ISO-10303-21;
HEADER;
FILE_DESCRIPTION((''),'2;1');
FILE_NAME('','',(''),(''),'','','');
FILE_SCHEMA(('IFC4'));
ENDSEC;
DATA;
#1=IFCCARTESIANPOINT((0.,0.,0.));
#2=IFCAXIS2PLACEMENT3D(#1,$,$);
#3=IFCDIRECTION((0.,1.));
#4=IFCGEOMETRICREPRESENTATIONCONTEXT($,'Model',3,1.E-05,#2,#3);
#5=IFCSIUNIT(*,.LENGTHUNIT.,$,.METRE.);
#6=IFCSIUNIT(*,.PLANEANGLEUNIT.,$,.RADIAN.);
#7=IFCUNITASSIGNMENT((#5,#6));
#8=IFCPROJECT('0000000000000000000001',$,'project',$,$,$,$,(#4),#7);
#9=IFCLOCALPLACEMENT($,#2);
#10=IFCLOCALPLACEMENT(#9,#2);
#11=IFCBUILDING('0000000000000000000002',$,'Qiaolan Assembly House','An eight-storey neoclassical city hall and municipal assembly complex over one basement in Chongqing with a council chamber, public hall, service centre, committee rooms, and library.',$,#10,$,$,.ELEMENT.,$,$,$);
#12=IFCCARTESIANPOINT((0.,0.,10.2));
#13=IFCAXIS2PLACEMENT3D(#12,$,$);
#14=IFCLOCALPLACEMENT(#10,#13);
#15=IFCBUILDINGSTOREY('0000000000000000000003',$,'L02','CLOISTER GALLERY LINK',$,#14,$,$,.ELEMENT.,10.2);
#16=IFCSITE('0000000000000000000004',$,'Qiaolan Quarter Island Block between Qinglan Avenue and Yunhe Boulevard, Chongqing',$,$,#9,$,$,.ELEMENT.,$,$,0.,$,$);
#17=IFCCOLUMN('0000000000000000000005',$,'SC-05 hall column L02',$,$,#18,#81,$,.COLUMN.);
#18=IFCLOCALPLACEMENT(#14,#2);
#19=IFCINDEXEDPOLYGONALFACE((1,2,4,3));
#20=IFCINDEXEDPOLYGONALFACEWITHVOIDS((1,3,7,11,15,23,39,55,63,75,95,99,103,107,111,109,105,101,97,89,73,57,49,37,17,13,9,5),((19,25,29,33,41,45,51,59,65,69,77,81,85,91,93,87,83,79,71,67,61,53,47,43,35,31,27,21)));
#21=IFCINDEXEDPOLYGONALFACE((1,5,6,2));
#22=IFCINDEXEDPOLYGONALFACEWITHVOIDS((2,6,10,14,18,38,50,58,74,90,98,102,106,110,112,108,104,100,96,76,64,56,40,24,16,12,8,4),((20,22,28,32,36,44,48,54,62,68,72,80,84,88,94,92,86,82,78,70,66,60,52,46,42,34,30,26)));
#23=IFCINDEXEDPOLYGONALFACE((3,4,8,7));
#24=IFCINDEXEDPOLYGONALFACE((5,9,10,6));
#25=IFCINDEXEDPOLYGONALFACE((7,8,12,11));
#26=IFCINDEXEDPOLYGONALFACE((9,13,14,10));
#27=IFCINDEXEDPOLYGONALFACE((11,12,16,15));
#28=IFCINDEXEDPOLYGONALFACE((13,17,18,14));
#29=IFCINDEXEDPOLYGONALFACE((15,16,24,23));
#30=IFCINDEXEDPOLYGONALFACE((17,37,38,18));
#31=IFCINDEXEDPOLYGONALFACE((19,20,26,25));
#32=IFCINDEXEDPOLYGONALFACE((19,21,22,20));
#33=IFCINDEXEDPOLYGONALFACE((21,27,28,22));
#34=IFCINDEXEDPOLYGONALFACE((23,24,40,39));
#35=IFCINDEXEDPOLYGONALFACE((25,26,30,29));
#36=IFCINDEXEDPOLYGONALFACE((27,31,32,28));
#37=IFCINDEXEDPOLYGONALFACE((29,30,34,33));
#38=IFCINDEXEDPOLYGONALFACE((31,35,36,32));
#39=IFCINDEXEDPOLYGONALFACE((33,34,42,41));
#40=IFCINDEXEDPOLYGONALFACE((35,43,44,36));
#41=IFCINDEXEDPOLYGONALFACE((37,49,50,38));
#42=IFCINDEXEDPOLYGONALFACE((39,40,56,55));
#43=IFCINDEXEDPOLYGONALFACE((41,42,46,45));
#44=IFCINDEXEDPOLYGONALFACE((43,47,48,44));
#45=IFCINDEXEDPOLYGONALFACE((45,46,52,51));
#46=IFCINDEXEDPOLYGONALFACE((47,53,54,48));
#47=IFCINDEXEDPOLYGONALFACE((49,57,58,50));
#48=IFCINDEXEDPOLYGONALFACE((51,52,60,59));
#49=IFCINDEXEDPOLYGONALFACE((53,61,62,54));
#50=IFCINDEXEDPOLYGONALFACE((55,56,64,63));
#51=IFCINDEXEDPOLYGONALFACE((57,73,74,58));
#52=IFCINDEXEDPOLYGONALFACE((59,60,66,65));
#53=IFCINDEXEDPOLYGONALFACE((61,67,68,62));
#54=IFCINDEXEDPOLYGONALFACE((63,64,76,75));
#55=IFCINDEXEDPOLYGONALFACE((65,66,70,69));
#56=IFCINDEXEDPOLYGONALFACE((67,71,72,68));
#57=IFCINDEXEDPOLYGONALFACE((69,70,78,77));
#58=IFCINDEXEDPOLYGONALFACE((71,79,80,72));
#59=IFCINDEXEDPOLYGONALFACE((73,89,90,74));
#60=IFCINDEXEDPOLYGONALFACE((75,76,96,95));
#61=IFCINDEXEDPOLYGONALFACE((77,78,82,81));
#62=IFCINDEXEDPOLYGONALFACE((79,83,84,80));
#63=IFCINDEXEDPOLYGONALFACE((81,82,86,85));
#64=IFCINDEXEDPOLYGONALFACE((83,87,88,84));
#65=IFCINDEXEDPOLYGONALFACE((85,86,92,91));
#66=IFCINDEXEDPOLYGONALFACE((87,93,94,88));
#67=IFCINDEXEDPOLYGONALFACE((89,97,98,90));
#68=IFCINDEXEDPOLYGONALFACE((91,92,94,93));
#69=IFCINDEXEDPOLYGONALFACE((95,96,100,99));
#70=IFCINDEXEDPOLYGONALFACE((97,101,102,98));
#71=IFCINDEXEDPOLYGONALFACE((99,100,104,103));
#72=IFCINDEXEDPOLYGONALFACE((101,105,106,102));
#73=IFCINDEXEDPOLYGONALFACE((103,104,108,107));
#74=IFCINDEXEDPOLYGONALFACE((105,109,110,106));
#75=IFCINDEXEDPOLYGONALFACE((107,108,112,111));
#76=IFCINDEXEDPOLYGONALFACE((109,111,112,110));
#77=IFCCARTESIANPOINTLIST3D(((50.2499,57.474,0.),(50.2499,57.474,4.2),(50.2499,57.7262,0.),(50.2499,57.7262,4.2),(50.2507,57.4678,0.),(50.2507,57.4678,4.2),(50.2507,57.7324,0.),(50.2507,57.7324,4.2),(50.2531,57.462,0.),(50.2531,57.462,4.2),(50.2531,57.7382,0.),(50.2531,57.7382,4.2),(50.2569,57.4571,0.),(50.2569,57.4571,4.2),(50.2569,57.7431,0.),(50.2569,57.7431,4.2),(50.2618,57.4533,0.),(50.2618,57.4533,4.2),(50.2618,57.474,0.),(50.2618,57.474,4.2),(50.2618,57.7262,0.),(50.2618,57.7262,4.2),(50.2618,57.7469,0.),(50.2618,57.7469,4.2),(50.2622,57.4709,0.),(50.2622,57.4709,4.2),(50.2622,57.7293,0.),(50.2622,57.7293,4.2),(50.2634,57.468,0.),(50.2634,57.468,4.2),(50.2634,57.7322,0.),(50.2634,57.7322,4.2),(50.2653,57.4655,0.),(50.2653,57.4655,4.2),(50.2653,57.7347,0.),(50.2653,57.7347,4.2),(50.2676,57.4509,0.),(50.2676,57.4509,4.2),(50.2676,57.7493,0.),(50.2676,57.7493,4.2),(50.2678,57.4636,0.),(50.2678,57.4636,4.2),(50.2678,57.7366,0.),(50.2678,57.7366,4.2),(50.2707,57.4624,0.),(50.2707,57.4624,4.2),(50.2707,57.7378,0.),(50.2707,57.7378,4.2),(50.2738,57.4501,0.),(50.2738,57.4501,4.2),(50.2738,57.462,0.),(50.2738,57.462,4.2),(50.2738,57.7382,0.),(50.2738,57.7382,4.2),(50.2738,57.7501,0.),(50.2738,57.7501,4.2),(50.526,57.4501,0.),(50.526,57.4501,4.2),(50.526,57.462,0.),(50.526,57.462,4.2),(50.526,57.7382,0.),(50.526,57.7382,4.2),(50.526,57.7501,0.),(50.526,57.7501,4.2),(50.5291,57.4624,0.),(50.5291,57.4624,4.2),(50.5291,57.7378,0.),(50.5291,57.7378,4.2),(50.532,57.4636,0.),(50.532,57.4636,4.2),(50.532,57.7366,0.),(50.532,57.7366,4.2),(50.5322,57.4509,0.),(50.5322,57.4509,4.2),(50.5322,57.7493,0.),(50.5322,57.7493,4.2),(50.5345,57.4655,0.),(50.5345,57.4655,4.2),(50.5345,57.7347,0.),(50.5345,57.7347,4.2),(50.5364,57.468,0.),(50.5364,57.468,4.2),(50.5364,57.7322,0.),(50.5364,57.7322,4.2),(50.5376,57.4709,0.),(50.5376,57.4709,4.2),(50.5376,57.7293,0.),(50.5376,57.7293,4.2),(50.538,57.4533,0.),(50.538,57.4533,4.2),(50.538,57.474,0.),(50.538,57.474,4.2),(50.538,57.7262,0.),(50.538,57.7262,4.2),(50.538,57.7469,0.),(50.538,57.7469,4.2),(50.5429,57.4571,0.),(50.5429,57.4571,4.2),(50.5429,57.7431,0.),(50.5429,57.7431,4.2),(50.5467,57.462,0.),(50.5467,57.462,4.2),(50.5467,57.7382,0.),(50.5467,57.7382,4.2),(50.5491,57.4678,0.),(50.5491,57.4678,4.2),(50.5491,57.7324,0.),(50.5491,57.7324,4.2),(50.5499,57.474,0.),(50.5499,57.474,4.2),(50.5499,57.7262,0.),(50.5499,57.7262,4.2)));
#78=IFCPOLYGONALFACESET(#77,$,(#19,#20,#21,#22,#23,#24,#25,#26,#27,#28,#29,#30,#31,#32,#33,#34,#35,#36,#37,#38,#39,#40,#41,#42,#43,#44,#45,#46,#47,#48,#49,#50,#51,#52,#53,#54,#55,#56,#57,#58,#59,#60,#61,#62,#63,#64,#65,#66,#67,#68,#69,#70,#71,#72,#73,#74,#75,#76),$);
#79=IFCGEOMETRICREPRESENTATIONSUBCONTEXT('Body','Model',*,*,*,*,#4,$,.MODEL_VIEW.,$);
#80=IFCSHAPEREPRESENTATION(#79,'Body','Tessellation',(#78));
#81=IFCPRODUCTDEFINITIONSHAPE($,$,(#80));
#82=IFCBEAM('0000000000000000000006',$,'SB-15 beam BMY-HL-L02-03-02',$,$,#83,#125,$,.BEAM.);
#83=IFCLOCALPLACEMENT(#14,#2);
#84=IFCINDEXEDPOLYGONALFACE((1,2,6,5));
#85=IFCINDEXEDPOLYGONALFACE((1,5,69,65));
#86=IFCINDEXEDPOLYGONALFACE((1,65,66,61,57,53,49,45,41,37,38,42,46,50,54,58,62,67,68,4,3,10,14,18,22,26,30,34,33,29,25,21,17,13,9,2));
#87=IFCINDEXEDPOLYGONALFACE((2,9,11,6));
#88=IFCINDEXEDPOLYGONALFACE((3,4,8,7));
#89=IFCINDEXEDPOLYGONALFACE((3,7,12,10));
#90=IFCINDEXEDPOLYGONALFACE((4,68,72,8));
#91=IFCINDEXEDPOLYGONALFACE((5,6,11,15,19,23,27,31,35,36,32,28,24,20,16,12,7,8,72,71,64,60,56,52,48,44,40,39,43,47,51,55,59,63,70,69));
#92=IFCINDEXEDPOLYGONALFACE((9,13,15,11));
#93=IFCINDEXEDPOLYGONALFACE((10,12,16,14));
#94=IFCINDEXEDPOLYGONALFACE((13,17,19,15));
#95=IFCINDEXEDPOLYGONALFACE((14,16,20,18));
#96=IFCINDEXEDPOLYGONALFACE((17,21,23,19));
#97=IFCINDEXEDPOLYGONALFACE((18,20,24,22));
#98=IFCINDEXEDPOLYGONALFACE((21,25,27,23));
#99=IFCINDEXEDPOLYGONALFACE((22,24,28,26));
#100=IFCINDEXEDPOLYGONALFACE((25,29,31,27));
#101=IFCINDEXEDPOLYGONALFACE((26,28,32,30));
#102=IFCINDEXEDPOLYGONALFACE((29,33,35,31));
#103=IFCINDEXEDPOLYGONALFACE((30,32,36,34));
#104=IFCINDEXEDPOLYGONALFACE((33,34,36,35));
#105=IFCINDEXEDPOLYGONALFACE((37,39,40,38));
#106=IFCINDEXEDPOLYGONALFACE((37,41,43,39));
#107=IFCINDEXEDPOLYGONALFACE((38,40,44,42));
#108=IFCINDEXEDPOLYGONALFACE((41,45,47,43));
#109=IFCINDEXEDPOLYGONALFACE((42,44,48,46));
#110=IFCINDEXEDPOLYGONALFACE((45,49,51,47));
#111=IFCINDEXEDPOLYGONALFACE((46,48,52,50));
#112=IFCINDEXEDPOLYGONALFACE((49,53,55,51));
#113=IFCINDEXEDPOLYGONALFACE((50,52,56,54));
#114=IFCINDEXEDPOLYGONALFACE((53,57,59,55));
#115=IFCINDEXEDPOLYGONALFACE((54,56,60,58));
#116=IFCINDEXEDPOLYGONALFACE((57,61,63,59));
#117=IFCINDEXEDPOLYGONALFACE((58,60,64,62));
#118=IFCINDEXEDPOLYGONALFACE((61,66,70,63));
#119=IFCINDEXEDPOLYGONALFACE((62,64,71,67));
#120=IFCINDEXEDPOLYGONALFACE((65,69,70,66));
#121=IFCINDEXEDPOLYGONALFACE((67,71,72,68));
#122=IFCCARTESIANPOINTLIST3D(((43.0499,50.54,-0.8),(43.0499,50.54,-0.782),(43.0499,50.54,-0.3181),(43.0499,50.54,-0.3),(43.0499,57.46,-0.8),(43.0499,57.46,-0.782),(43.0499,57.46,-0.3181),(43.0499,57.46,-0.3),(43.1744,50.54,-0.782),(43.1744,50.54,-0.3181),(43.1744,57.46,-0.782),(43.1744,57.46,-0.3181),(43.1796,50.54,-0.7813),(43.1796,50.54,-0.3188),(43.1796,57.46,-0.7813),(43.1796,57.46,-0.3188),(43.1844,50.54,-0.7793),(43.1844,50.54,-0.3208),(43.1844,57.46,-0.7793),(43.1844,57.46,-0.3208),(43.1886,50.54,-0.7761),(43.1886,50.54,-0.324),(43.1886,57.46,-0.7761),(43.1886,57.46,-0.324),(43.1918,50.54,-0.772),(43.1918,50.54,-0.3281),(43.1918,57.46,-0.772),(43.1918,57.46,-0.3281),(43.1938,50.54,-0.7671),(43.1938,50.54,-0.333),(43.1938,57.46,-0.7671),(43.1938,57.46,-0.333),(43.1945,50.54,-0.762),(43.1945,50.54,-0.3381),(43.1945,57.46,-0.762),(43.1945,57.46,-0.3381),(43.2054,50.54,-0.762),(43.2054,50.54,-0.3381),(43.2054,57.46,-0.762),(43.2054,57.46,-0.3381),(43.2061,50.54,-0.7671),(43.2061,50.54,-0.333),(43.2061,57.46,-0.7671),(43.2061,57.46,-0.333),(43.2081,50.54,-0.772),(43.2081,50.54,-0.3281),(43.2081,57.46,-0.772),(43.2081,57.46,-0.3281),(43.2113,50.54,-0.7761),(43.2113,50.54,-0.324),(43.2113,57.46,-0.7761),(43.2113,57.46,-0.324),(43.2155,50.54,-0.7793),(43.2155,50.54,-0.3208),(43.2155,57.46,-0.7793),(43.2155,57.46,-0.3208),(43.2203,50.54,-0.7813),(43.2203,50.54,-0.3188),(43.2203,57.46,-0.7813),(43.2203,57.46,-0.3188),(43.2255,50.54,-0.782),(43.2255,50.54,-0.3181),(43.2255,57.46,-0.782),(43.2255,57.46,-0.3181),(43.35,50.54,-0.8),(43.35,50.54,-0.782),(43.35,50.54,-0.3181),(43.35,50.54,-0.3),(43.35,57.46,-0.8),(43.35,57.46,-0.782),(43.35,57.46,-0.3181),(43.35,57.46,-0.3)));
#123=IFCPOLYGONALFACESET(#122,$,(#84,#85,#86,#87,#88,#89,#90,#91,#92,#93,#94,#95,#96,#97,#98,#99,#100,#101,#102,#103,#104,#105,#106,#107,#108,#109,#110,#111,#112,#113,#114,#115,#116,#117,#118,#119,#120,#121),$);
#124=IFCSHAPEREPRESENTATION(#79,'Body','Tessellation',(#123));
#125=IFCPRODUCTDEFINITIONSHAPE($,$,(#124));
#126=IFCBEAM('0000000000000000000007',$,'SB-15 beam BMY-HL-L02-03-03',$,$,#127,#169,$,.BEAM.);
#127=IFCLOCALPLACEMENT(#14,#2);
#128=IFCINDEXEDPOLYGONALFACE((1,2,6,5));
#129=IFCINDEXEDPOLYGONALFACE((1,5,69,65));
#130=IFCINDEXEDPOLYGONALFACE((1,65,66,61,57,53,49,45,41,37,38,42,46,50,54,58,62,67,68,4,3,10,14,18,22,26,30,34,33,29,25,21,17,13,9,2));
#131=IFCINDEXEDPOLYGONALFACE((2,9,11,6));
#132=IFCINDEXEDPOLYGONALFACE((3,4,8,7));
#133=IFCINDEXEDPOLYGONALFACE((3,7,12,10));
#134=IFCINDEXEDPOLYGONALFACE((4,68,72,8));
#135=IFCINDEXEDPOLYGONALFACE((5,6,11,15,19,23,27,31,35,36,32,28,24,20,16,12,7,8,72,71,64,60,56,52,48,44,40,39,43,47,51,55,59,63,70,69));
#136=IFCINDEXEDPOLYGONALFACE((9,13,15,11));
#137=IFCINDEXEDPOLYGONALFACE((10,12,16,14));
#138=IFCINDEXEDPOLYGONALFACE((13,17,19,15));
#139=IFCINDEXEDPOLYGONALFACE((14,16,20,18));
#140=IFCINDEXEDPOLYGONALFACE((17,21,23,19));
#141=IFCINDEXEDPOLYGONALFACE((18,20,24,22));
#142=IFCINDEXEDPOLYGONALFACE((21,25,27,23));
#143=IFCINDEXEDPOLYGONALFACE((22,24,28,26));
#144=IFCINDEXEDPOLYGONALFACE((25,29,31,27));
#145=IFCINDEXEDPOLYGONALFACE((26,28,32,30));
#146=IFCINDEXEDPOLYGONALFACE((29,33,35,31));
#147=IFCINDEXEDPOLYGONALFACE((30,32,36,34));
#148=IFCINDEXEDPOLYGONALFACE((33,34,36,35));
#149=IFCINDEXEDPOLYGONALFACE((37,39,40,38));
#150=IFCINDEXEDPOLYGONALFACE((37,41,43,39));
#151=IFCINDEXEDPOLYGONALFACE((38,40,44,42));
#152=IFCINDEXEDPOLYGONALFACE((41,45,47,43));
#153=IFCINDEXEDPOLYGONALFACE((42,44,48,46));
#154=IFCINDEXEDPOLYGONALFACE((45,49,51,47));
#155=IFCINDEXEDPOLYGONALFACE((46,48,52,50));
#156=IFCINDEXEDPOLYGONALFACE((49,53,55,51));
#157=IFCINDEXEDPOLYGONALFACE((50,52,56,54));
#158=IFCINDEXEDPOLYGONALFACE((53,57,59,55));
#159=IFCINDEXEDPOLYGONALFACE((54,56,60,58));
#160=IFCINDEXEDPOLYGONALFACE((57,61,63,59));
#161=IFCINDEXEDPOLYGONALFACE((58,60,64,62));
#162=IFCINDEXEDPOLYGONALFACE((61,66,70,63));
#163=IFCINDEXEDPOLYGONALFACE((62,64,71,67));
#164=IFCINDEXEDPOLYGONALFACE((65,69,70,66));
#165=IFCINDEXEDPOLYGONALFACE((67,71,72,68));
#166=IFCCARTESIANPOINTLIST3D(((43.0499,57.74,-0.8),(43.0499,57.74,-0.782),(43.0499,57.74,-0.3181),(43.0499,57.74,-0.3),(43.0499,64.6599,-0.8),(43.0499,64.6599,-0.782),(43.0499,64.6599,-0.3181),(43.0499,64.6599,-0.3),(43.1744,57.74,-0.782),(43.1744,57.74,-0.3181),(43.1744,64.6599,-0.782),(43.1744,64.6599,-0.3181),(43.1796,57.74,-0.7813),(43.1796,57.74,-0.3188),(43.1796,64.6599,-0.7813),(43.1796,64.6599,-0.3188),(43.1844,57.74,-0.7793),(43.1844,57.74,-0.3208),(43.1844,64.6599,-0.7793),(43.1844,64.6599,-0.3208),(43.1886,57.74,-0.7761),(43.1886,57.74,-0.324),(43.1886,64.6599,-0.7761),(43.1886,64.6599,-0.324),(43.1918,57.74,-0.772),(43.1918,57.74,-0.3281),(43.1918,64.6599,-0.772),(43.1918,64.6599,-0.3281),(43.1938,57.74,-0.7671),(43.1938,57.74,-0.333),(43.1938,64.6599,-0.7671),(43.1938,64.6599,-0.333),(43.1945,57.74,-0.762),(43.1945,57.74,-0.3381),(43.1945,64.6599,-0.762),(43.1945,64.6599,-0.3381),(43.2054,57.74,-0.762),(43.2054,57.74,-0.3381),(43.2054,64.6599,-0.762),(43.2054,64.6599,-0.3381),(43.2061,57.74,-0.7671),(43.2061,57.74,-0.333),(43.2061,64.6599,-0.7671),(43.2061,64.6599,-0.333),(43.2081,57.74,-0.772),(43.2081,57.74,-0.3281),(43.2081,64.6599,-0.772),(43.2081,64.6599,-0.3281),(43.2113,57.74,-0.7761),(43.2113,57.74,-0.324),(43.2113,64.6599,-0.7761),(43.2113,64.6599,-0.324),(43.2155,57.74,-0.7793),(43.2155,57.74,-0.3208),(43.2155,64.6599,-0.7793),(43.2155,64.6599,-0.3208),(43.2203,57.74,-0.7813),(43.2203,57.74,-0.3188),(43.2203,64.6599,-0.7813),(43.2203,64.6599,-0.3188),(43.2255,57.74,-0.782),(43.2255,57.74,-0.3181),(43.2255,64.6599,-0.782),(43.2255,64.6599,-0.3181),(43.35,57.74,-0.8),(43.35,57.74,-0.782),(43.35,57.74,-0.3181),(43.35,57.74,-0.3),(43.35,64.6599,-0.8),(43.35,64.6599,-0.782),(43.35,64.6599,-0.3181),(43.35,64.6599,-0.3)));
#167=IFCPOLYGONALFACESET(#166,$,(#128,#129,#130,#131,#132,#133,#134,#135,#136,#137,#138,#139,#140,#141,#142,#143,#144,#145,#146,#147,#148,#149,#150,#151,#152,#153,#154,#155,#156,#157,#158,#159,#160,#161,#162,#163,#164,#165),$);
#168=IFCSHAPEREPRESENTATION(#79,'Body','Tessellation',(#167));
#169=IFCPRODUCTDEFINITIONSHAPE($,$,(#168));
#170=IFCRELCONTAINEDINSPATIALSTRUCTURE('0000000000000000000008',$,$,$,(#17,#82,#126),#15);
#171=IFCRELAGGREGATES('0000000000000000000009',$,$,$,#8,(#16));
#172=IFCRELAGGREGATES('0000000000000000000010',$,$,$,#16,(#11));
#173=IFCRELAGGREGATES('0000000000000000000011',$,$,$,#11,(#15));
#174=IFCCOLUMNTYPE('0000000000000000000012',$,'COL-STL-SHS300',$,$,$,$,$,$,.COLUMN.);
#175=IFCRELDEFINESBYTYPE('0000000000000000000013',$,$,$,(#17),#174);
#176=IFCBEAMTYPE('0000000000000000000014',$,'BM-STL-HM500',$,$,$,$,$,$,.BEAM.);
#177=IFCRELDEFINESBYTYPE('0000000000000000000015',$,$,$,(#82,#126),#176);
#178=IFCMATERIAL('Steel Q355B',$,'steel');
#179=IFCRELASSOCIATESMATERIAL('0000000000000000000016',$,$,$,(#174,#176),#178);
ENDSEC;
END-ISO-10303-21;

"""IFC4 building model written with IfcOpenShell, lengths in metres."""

from ifc_helpers import new_model, si_unit, direction, frame, origin, origin_2d, place, context, subcontext, project, spatial, hollow_rectangle, i_section, extrude, material, material_profile, profile_set, type_object, element, save


model = new_model("IFC4")

# Units and contexts
model_context = context("Model", 3, precision=1e-05, world=origin(), true_north=direction((0.0, 1.0)))
body_context = subcontext(model_context, "Body", "Model", "MODEL_VIEW")
ifc_project = project(units=[si_unit("LENGTHUNIT", "METRE"), si_unit("PLANEANGLEUNIT", "RADIAN")], contexts=[model_context])

# Site, building, storey
site_placement = place(None, origin())
site = spatial("IfcSite", under=ifc_project, at=site_placement, Name="Qiaolan Quarter Island Block between Qinglan Avenue and Yunhe Boulevard, Chongqing", CompositionType="ELEMENT", RefElevation=0.0)
building_placement = place(site_placement, origin())
building = spatial("IfcBuilding", under=site, at=building_placement, Name="Qiaolan Assembly House", Description="An eight-storey neoclassical city hall and municipal assembly complex over one basement in Chongqing with a council chamber, public hall, service centre, committee rooms, and library.", CompositionType="ELEMENT")
storey_placement = place(building_placement, frame((0.0, 0.0, 10.2)))
storey = spatial("IfcBuildingStorey", under=building, at=storey_placement, Name="L02", Description="CLOISTER GALLERY LINK", CompositionType="ELEMENT", Elevation=10.2)

# Column
ifc_material_1 = material(Name="Steel Q355B", Category="steel")
ifc_material_profile_1 = material_profile(ifc_material_1, hollow_rectangle(XDim=0.3, YDim=0.3, WallThickness=0.012, InnerFilletRadius=0.012, OuterFilletRadius=0.0239, at=origin_2d()), Name="SHS 300x300x12")
ifc_profile_set_1 = profile_set([ifc_material_profile_1], Name="Steel Q355B")
column_type = type_object("IfcColumnType", Name="COL-STL-SHS300", PredefinedType="COLUMN", material=ifc_profile_set_1)
for number, where, z_axis, x_axis, name in (
    (1, (50.3999, 57.6001, 0.0), (0.0, 0.0, 1.0), (1.0, 0.0, 0.0), "SC-05 hall column L02"),
):
    element("IfcColumn", number, at=place(storey_placement, frame(where, z_axis=z_axis, x_axis=x_axis)), inside=storey, type_object=column_type, Name=name, PredefinedType="COLUMN", context=body_context, shape_type="SweptSolid", body=[
        extrude(hollow_rectangle(XDim=0.3, YDim=0.3, WallThickness=0.012, InnerFilletRadius=0.012, OuterFilletRadius=0.0239, at=origin_2d()), origin(), (0.0, 0.0, 1.0), 4.2),
    ])

# Beams
ifc_material_profile_2 = material_profile(ifc_material_1, i_section(OverallWidth=0.3, OverallDepth=0.5, WebThickness=0.011, FlangeThickness=0.0181, FilletRadius=0.02, at=origin_2d()), Name="HM 500x300x11x18")
ifc_profile_set_2 = profile_set([ifc_material_profile_2], Name="Steel Q355B")
beam_type_1 = type_object("IfcBeamType", Name="BM-STL-HM500", PredefinedType="BEAM", material=ifc_profile_set_2)
for number, where, z_axis, x_axis, name in (
    (2, (43.2, 50.54, -0.55), (0.0, 1.0, 0.0), (-1.0, 0.0, 0.0), "SB-15 beam BMY-HL-L02-03-02"),
    (3, (43.2, 57.74, -0.55), (0.0, 1.0, 0.0), (-1.0, 0.0, 0.0), "SB-15 beam BMY-HL-L02-03-03"),
):
    element("IfcBeam", number, at=place(storey_placement, frame(where, z_axis=z_axis, x_axis=x_axis)), inside=storey, type_object=beam_type_1, Name=name, PredefinedType="BEAM", context=body_context, shape_type="SweptSolid", body=[
        extrude(i_section(OverallWidth=0.3, OverallDepth=0.5, WebThickness=0.011, FlangeThickness=0.0181, FilletRadius=0.02, at=origin_2d()), origin(), (0.0, 0.0, 1.0), 6.9199),
    ])

save(model, "model.ifc")
